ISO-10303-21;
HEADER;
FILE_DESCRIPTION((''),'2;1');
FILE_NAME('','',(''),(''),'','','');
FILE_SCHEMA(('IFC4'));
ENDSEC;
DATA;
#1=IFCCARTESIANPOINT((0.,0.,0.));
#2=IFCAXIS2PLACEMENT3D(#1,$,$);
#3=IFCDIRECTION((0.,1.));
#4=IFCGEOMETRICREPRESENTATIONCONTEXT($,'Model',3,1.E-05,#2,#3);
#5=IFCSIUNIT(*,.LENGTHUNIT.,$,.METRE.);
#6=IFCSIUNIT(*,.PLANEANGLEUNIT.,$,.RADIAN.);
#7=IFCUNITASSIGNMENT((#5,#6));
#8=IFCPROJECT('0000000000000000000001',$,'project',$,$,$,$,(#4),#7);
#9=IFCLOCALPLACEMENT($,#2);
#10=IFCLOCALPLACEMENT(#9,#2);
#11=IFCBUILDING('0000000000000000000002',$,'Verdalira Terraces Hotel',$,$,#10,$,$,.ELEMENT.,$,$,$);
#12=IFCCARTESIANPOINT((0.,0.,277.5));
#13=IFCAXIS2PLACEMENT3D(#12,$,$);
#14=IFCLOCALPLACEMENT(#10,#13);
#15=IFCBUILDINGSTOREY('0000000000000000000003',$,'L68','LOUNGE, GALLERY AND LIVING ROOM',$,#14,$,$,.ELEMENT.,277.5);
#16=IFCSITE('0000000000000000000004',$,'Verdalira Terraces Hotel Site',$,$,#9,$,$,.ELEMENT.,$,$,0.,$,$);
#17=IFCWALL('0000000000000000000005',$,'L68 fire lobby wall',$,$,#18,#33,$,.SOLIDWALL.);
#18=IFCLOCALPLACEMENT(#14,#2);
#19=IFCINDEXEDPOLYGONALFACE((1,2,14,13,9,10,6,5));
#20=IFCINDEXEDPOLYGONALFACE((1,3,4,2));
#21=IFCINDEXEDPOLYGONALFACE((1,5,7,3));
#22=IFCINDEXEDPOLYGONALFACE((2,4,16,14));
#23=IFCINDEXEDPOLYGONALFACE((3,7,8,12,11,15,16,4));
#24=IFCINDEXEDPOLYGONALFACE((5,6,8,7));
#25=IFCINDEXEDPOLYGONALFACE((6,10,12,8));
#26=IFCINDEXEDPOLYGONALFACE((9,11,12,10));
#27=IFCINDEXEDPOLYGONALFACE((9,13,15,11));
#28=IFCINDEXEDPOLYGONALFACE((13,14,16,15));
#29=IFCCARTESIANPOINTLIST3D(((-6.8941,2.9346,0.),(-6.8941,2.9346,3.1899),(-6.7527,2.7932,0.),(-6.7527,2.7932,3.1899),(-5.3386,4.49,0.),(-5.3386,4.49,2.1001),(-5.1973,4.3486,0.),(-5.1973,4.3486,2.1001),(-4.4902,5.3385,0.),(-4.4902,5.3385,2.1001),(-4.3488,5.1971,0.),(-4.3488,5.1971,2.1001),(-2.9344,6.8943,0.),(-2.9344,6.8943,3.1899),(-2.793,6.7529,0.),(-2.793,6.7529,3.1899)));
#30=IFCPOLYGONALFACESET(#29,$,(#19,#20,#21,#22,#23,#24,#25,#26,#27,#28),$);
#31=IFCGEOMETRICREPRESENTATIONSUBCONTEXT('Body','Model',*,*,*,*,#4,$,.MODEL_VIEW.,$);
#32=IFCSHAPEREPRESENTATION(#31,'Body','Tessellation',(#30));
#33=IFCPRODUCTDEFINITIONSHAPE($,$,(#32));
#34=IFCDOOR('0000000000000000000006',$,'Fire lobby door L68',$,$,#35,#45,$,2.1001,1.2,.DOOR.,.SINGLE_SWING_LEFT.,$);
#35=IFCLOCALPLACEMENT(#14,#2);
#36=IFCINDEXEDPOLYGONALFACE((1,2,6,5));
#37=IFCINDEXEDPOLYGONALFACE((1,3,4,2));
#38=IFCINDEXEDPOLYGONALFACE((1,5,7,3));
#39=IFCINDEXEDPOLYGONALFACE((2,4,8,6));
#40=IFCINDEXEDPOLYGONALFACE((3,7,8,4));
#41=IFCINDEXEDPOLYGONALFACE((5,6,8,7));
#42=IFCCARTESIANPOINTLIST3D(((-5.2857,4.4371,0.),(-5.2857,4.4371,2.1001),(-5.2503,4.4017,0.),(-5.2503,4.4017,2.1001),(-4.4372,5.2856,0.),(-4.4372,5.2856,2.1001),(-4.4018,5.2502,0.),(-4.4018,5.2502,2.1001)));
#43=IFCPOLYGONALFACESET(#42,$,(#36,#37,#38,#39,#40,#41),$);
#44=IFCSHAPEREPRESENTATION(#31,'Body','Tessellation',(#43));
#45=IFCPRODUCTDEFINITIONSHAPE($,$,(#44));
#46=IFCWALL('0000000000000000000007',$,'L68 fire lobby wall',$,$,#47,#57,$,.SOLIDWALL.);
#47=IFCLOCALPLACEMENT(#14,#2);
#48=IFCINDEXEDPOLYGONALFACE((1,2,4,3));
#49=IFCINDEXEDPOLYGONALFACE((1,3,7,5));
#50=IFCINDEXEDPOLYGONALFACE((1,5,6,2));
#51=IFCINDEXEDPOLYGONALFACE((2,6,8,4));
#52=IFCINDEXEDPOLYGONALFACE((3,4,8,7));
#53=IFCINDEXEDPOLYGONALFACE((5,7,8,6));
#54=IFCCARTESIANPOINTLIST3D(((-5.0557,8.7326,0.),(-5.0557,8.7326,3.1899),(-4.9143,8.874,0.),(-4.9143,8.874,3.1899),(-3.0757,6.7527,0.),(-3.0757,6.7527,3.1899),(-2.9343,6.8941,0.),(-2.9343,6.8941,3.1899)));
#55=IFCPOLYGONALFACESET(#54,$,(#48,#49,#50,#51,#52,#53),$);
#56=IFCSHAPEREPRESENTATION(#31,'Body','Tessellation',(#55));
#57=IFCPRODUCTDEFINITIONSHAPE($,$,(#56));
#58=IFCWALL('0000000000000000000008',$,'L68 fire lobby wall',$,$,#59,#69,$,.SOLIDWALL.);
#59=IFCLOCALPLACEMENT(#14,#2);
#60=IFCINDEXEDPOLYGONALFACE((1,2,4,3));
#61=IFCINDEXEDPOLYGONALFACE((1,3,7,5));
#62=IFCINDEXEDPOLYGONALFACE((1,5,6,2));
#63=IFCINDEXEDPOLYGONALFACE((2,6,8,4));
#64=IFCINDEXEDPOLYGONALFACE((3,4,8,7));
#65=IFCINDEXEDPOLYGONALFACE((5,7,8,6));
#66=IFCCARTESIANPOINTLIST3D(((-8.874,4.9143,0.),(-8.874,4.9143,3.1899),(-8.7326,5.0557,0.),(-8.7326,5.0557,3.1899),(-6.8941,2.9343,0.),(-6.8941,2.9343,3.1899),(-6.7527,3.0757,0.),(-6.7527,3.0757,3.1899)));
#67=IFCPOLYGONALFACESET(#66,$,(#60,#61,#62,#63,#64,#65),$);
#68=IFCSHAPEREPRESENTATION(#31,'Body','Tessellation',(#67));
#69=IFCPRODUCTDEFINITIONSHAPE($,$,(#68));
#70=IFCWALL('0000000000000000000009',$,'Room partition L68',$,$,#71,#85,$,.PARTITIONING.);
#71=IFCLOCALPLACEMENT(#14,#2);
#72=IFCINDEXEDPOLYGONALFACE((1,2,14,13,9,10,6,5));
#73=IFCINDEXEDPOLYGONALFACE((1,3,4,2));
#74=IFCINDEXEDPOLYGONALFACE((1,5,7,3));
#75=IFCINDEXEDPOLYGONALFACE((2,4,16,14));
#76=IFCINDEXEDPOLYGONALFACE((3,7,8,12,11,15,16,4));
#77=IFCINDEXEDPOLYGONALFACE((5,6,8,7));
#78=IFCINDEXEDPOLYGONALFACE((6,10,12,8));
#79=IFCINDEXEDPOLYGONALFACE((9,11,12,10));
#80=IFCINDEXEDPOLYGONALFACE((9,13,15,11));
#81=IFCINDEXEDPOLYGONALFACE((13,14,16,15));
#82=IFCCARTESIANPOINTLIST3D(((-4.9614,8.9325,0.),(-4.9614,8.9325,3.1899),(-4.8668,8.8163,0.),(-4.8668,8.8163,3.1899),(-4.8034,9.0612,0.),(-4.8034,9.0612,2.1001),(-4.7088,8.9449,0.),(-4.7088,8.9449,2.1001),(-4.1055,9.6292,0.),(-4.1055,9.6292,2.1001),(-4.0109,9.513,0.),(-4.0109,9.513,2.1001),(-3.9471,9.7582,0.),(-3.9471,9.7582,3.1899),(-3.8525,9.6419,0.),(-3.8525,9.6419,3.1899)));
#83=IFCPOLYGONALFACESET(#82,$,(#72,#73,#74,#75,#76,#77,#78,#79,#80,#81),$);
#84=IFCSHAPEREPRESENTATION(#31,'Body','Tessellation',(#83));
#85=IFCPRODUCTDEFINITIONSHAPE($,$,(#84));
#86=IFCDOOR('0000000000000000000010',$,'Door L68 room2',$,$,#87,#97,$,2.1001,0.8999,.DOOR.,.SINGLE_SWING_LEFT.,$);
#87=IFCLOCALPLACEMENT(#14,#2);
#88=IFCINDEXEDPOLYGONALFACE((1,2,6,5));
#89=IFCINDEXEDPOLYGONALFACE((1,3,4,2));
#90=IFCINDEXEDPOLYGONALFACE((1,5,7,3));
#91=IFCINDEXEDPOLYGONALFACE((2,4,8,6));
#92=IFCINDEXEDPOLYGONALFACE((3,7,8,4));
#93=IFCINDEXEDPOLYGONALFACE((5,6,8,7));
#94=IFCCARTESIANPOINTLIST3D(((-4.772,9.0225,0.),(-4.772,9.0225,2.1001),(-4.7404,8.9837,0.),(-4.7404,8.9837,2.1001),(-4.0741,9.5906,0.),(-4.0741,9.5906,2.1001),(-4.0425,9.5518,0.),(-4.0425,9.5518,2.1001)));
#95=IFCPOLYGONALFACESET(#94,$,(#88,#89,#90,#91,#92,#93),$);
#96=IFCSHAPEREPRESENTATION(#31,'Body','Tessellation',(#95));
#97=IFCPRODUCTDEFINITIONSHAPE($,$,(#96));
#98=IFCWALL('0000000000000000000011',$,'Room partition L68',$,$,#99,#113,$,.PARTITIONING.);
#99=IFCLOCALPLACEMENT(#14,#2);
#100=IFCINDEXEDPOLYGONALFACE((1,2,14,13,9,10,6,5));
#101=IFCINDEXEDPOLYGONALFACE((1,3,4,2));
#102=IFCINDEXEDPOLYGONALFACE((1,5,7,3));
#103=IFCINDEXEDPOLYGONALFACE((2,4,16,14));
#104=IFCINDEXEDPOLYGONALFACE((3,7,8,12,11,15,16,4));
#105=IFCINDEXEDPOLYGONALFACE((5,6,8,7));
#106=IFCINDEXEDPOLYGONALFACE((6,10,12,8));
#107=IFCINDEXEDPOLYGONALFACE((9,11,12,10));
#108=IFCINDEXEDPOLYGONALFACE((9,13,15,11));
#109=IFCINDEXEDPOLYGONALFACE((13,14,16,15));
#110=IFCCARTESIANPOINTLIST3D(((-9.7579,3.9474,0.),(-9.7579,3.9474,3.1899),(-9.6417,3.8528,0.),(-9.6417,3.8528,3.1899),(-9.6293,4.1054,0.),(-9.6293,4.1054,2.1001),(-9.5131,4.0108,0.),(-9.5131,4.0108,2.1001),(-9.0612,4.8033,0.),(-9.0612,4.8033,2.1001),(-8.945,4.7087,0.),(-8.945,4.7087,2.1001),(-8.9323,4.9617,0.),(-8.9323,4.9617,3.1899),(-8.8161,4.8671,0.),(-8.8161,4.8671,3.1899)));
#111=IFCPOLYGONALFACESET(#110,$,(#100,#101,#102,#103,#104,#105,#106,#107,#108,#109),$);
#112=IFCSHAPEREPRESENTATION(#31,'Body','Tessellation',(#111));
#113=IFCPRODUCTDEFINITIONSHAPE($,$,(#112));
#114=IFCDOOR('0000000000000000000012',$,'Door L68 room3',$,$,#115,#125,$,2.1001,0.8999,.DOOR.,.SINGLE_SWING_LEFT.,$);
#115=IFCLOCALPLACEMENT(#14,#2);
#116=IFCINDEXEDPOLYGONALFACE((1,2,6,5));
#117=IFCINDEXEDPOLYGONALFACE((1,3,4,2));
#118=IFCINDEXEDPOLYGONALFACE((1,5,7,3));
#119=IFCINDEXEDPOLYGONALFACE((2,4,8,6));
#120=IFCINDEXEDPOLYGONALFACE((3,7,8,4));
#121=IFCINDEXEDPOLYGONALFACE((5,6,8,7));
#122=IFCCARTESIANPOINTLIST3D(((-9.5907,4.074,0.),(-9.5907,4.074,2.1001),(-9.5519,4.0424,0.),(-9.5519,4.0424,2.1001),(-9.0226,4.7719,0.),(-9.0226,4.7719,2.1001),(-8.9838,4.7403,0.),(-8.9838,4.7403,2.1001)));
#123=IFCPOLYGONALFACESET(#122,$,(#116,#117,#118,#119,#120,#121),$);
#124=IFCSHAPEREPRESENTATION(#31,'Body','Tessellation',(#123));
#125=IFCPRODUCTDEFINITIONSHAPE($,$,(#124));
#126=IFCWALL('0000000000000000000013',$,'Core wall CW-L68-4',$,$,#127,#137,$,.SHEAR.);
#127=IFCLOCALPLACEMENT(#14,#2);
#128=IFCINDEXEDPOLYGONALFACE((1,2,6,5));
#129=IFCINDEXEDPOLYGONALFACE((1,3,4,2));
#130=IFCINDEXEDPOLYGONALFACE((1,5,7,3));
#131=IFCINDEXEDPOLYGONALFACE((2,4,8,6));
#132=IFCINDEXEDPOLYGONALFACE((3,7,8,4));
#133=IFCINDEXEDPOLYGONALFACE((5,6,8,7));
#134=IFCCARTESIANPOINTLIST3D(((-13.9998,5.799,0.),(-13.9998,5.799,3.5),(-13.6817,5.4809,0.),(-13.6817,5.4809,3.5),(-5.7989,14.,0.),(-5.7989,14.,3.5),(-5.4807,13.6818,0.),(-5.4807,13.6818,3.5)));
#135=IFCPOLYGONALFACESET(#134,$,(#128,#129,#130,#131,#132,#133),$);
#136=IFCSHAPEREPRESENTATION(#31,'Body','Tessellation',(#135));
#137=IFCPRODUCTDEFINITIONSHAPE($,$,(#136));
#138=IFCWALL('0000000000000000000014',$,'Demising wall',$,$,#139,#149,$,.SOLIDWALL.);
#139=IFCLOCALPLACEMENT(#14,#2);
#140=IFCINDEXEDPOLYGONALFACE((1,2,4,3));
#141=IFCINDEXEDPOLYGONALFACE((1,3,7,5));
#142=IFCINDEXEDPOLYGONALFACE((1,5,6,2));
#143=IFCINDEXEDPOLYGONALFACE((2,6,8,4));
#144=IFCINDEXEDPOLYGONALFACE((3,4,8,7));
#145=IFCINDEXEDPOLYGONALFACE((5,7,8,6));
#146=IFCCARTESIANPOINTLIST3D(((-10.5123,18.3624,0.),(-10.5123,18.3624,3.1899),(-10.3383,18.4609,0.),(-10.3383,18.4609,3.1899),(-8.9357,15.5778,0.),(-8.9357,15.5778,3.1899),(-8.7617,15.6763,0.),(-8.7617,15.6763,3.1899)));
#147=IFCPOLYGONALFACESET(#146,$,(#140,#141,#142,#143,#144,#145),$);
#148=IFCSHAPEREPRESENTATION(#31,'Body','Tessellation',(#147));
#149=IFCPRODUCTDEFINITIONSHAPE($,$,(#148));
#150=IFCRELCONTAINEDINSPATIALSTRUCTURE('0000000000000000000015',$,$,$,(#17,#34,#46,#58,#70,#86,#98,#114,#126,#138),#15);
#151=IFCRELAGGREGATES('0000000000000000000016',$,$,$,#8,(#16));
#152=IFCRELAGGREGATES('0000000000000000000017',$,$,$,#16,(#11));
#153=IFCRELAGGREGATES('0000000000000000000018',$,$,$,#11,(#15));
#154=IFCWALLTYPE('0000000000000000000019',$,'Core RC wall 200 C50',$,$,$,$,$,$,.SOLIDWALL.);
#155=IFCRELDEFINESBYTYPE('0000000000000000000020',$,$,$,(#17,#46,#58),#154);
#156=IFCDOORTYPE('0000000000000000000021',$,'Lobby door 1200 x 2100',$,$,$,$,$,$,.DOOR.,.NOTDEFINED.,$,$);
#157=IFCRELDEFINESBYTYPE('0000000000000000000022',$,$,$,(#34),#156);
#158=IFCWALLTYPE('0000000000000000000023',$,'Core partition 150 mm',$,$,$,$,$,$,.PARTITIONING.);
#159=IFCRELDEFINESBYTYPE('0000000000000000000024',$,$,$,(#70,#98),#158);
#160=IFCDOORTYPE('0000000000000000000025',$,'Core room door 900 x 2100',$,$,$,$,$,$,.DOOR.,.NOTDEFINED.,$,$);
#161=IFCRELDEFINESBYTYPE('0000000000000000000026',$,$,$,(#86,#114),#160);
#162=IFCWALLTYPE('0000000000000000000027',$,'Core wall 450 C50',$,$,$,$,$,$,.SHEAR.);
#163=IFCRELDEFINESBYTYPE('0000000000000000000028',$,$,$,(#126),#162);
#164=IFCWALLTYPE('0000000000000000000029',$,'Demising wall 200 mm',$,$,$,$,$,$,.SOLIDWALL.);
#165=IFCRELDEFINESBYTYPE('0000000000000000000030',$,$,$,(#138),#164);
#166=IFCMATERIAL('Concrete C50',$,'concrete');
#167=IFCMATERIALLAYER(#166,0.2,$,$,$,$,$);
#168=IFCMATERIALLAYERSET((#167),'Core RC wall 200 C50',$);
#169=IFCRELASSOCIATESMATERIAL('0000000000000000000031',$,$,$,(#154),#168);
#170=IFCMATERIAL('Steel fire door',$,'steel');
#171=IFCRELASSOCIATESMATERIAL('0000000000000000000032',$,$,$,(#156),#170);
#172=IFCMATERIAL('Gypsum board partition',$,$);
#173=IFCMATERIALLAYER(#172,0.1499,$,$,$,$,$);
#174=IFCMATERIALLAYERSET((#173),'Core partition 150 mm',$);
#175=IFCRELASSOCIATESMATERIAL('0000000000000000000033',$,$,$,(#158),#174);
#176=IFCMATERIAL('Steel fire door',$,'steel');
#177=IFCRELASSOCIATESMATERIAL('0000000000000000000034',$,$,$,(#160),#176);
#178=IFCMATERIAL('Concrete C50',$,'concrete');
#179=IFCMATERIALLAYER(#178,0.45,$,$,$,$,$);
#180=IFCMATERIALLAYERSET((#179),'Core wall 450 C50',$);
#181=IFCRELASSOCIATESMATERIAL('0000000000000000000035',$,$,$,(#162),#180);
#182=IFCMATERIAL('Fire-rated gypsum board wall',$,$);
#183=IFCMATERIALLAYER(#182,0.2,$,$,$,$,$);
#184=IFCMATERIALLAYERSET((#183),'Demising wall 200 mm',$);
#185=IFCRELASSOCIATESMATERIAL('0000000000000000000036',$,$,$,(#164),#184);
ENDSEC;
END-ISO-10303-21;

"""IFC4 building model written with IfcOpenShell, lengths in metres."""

from ifc_helpers import new_model, si_unit, direction, frame, frame_2d, origin, place, context, subcontext, project, spatial, rectangle, extrude, material, layer, layer_set, type_object, element, fill, save


model = new_model("IFC4")

# Units and contexts
model_context = context("Model", 3, precision=1e-05, world=origin(), true_north=direction((0.0, 1.0)))
body_context = subcontext(model_context, "Body", "Model", "MODEL_VIEW")
ifc_project = project(units=[si_unit("LENGTHUNIT", "METRE"), si_unit("PLANEANGLEUNIT", "RADIAN")], contexts=[model_context])

# Site, building, storey
site_placement = place(None, origin())
site = spatial("IfcSite", under=ifc_project, at=site_placement, Name="Verdalira Terraces Hotel Site", CompositionType="ELEMENT", RefElevation=0.0)
building_placement = place(site_placement, origin())
building = spatial("IfcBuilding", under=site, at=building_placement, Name="Verdalira Terraces Hotel", CompositionType="ELEMENT")
storey_placement = place(building_placement, frame((0.0, 0.0, 277.5)))
storey = spatial("IfcBuildingStorey", under=building, at=storey_placement, Name="L68", Description="LOUNGE, GALLERY AND LIVING ROOM", CompositionType="ELEMENT", Elevation=277.5)

# Wall, opening, door
ifc_material_1 = material(Name="Concrete C50", Category="concrete")
ifc_layer_1 = layer(ifc_material_1, 0.2)
ifc_layer_set_1 = layer_set([ifc_layer_1], Name="Core RC wall 200 C50")
wall_type_1 = type_object("IfcWallType", Name="Core RC wall 200 C50", PredefinedType="SOLIDWALL", material=ifc_layer_set_1)
wall_1_placement = place(storey_placement, frame((-2.8638, 6.8235, 0.0), z_axis=(0.0, 0.0, 1.0), x_axis=(-0.707107, -0.707107, 0.0)))
wall_1 = element("IfcWall", 1, at=wall_1_placement, inside=storey, type_object=wall_type_1, Name="L68 fire lobby wall", PredefinedType="SOLIDWALL", context=body_context, shape_type="SweptSolid", body=[
    extrude(rectangle(XDim=5.5999, YDim=0.2, at=frame_2d((2.7998, 0.0))), origin(), (0.0, 0.0, 1.0), 3.1899),
])
opening_1_placement = place(wall_1_placement, frame((2.2, 0.0, 0.0)))
opening_1 = element("IfcOpeningElement", 2, at=opening_1_placement, cuts=wall_1, PredefinedType="OPENING", context=body_context, shape_type="SweptSolid", body=[
    extrude(rectangle(XDim=1.2, YDim=2.1001, at=frame_2d((0.6001, 1.05))), frame((0.0, 0.1099, 0.0), z_axis=(0.0, -1.0, 0.0), x_axis=(1.0, 0.0, 0.0)), (0.0, 0.0, 1.0), 0.22),
])
ifc_material_2 = material(Name="Steel fire door", Category="steel")
door_type_1 = type_object("IfcDoorType", Name="Lobby door 1200 x 2100", OperationType="NOTDEFINED", PredefinedType="DOOR", material=ifc_material_2)
door_1_placement = place(opening_1_placement, origin())
door_1 = element("IfcDoor", 3, at=door_1_placement, inside=storey, type_object=door_type_1, Name="Fire lobby door L68", OperationType="SINGLE_SWING_LEFT", OverallHeight=2.1001, OverallWidth=1.2, PredefinedType="DOOR", context=body_context, shape_type="SweptSolid", body=[
    extrude(rectangle(XDim=1.2, YDim=2.1001, at=frame_2d((0.6001, 1.05))), frame((0.0, 0.0249, 0.0), z_axis=(0.0, -1.0, 0.0), x_axis=(1.0, 0.0, 0.0)), (0.0, 0.0, 1.0), 0.05),
])
fill(opening_1, door_1)

# Walls
for number, where, z_axis, x_axis, name in (
    (4, (-3.0051, 6.8235, 0.0), (0.0, 0.0, 1.0), (-0.707107, 0.707107, 0.0), "L68 fire lobby wall"),
    (5, (-6.8235, 3.0051, 0.0), (0.0, 0.0, 1.0), (-0.707107, 0.707107, 0.0), "L68 fire lobby wall"),
):
    element("IfcWall", number, at=place(storey_placement, frame(where, z_axis=z_axis, x_axis=x_axis)), inside=storey, type_object=wall_type_1, Name=name, PredefinedType="SOLIDWALL", context=body_context, shape_type="SweptSolid", body=[
        extrude(rectangle(XDim=2.8, YDim=0.2, at=frame_2d((1.3999, 0.0))), origin(), (0.0, 0.0, 1.0), 3.1899),
    ])

# Walls, openings, doors
ifc_material_3 = material(Name="Gypsum board partition")
ifc_layer_2 = layer(ifc_material_3, 0.1499)
ifc_layer_set_2 = layer_set([ifc_layer_2], Name="Core partition 150 mm")
wall_type_2 = type_object("IfcWallType", Name="Core partition 150 mm", PredefinedType="PARTITIONING", material=ifc_layer_set_2)
wall_2_placement = place(storey_placement, frame((-3.8999, 9.7, 0.0), z_axis=(0.0, 0.0, 1.0), x_axis=(-0.77556, -0.631274, 0.0)))
wall_2 = element("IfcWall", 6, at=wall_2_placement, inside=storey, type_object=wall_type_2, Name="Room partition L68", PredefinedType="PARTITIONING", context=body_context, shape_type="SweptSolid", body=[
    extrude(rectangle(XDim=1.3079, YDim=0.1499, at=frame_2d((0.6538, 0.0))), origin(), (0.0, 0.0, 1.0), 3.1899),
])
opening_2_placement = place(wall_2_placement, frame((0.2041, 0.0, 0.0)))
opening_2 = element("IfcOpeningElement", 7, at=opening_2_placement, cuts=wall_2, PredefinedType="OPENING", context=body_context, shape_type="SweptSolid", body=[
    extrude(rectangle(XDim=0.8999, YDim=2.1001, at=frame_2d((0.45, 1.05))), frame((0.0, 0.085, 0.0), z_axis=(0.0, -1.0, 0.0), x_axis=(1.0, 0.0, 0.0)), (0.0, 0.0, 1.0), 0.1699),
])
ifc_material_4 = material(Name="Steel fire door", Category="steel")
door_type_2 = type_object("IfcDoorType", Name="Core room door 900 x 2100", OperationType="NOTDEFINED", PredefinedType="DOOR", material=ifc_material_4)
door_2_placement = place(opening_2_placement, origin())
door_2 = element("IfcDoor", 8, at=door_2_placement, inside=storey, type_object=door_type_2, Name="Door L68 room2", OperationType="SINGLE_SWING_LEFT", OverallHeight=2.1001, OverallWidth=0.8999, PredefinedType="DOOR", context=body_context, shape_type="SweptSolid", body=[
    extrude(rectangle(XDim=0.8999, YDim=2.1001, at=frame_2d((0.45, 1.05))), frame((0.0, 0.0249, 0.0), z_axis=(0.0, -1.0, 0.0), x_axis=(1.0, 0.0, 0.0)), (0.0, 0.0, 1.0), 0.05),
])
fill(opening_2, door_2)
wall_3_placement = place(storey_placement, frame((-8.8743, 4.9143, 0.0), z_axis=(0.0, 0.0, 1.0), x_axis=(-0.631274, -0.77556, 0.0)))
wall_3 = element("IfcWall", 9, at=wall_3_placement, inside=storey, type_object=wall_type_2, Name="Room partition L68", PredefinedType="PARTITIONING", context=body_context, shape_type="SweptSolid", body=[
    extrude(rectangle(XDim=1.3079, YDim=0.1499, at=frame_2d((0.6538, 0.0))), origin(), (0.0, 0.0, 1.0), 3.1899),
])
opening_3_placement = place(wall_3_placement, frame((0.2041, 0.0, 0.0)))
opening_3 = element("IfcOpeningElement", 10, at=opening_3_placement, cuts=wall_3, PredefinedType="OPENING", context=body_context, shape_type="SweptSolid", body=[
    extrude(rectangle(XDim=0.8999, YDim=2.1001, at=frame_2d((0.45, 1.05))), frame((0.0, 0.085, 0.0), z_axis=(0.0, -1.0, 0.0), x_axis=(1.0, 0.0, 0.0)), (0.0, 0.0, 1.0), 0.1699),
])
door_3_placement = place(opening_3_placement, origin())
door_3 = element("IfcDoor", 11, at=door_3_placement, inside=storey, type_object=door_type_2, Name="Door L68 room3", OperationType="SINGLE_SWING_LEFT", OverallHeight=2.1001, OverallWidth=0.8999, PredefinedType="DOOR", context=body_context, shape_type="SweptSolid", body=[
    extrude(rectangle(XDim=0.8999, YDim=2.1001, at=frame_2d((0.45, 1.05))), frame((0.0, 0.0249, 0.0), z_axis=(0.0, -1.0, 0.0), x_axis=(1.0, 0.0, 0.0)), (0.0, 0.0, 1.0), 0.05),
])
fill(opening_3, door_3)

# Walls
ifc_material_5 = material(Name="Concrete C50", Category="concrete")
ifc_layer_3 = layer(ifc_material_5, 0.45)
ifc_layer_set_3 = layer_set([ifc_layer_3], Name="Core wall 450 C50")
wall_type_3 = type_object("IfcWallType", Name="Core wall 450 C50", PredefinedType="SHEAR", material=ifc_layer_set_3)
wall_4_placement = place(storey_placement, frame((-5.6399, 13.8408, 0.0), z_axis=(0.0, 0.0, 1.0), x_axis=(-0.707107, -0.707107, 0.0)))
element("IfcWall", 12, at=wall_4_placement, inside=storey, type_object=wall_type_3, Name="Core wall CW-L68-4", PredefinedType="SHEAR", context=body_context, shape_type="SweptSolid", body=[
    extrude(rectangle(XDim=11.5979, YDim=0.45, at=frame_2d((5.7988, 0.0))), origin(), (0.0, 0.0, 1.0), 3.5),
])
ifc_material_6 = material(Name="Fire-rated gypsum board wall")
ifc_layer_4 = layer(ifc_material_6, 0.2)
ifc_layer_set_4 = layer_set([ifc_layer_4], Name="Demising wall 200 mm")
wall_type_4 = type_object("IfcWallType", Name="Demising wall 200 mm", PredefinedType="SOLIDWALL", material=ifc_layer_set_4)
wall_5_placement = place(storey_placement, frame((-8.8486, 15.627, 0.0), z_axis=(0.0, 0.0, 1.0), x_axis=(-0.492701, 0.870199, 0.0)))
element("IfcWall", 13, at=wall_5_placement, inside=storey, type_object=wall_type_4, Name="Demising wall", PredefinedType="SOLIDWALL", context=body_context, shape_type="SweptSolid", body=[
    extrude(rectangle(XDim=3.2, YDim=0.2, at=frame_2d((1.6001, 0.0))), origin(), (0.0, 0.0, 1.0), 3.1899),
])

save(model, "model.ifc")
